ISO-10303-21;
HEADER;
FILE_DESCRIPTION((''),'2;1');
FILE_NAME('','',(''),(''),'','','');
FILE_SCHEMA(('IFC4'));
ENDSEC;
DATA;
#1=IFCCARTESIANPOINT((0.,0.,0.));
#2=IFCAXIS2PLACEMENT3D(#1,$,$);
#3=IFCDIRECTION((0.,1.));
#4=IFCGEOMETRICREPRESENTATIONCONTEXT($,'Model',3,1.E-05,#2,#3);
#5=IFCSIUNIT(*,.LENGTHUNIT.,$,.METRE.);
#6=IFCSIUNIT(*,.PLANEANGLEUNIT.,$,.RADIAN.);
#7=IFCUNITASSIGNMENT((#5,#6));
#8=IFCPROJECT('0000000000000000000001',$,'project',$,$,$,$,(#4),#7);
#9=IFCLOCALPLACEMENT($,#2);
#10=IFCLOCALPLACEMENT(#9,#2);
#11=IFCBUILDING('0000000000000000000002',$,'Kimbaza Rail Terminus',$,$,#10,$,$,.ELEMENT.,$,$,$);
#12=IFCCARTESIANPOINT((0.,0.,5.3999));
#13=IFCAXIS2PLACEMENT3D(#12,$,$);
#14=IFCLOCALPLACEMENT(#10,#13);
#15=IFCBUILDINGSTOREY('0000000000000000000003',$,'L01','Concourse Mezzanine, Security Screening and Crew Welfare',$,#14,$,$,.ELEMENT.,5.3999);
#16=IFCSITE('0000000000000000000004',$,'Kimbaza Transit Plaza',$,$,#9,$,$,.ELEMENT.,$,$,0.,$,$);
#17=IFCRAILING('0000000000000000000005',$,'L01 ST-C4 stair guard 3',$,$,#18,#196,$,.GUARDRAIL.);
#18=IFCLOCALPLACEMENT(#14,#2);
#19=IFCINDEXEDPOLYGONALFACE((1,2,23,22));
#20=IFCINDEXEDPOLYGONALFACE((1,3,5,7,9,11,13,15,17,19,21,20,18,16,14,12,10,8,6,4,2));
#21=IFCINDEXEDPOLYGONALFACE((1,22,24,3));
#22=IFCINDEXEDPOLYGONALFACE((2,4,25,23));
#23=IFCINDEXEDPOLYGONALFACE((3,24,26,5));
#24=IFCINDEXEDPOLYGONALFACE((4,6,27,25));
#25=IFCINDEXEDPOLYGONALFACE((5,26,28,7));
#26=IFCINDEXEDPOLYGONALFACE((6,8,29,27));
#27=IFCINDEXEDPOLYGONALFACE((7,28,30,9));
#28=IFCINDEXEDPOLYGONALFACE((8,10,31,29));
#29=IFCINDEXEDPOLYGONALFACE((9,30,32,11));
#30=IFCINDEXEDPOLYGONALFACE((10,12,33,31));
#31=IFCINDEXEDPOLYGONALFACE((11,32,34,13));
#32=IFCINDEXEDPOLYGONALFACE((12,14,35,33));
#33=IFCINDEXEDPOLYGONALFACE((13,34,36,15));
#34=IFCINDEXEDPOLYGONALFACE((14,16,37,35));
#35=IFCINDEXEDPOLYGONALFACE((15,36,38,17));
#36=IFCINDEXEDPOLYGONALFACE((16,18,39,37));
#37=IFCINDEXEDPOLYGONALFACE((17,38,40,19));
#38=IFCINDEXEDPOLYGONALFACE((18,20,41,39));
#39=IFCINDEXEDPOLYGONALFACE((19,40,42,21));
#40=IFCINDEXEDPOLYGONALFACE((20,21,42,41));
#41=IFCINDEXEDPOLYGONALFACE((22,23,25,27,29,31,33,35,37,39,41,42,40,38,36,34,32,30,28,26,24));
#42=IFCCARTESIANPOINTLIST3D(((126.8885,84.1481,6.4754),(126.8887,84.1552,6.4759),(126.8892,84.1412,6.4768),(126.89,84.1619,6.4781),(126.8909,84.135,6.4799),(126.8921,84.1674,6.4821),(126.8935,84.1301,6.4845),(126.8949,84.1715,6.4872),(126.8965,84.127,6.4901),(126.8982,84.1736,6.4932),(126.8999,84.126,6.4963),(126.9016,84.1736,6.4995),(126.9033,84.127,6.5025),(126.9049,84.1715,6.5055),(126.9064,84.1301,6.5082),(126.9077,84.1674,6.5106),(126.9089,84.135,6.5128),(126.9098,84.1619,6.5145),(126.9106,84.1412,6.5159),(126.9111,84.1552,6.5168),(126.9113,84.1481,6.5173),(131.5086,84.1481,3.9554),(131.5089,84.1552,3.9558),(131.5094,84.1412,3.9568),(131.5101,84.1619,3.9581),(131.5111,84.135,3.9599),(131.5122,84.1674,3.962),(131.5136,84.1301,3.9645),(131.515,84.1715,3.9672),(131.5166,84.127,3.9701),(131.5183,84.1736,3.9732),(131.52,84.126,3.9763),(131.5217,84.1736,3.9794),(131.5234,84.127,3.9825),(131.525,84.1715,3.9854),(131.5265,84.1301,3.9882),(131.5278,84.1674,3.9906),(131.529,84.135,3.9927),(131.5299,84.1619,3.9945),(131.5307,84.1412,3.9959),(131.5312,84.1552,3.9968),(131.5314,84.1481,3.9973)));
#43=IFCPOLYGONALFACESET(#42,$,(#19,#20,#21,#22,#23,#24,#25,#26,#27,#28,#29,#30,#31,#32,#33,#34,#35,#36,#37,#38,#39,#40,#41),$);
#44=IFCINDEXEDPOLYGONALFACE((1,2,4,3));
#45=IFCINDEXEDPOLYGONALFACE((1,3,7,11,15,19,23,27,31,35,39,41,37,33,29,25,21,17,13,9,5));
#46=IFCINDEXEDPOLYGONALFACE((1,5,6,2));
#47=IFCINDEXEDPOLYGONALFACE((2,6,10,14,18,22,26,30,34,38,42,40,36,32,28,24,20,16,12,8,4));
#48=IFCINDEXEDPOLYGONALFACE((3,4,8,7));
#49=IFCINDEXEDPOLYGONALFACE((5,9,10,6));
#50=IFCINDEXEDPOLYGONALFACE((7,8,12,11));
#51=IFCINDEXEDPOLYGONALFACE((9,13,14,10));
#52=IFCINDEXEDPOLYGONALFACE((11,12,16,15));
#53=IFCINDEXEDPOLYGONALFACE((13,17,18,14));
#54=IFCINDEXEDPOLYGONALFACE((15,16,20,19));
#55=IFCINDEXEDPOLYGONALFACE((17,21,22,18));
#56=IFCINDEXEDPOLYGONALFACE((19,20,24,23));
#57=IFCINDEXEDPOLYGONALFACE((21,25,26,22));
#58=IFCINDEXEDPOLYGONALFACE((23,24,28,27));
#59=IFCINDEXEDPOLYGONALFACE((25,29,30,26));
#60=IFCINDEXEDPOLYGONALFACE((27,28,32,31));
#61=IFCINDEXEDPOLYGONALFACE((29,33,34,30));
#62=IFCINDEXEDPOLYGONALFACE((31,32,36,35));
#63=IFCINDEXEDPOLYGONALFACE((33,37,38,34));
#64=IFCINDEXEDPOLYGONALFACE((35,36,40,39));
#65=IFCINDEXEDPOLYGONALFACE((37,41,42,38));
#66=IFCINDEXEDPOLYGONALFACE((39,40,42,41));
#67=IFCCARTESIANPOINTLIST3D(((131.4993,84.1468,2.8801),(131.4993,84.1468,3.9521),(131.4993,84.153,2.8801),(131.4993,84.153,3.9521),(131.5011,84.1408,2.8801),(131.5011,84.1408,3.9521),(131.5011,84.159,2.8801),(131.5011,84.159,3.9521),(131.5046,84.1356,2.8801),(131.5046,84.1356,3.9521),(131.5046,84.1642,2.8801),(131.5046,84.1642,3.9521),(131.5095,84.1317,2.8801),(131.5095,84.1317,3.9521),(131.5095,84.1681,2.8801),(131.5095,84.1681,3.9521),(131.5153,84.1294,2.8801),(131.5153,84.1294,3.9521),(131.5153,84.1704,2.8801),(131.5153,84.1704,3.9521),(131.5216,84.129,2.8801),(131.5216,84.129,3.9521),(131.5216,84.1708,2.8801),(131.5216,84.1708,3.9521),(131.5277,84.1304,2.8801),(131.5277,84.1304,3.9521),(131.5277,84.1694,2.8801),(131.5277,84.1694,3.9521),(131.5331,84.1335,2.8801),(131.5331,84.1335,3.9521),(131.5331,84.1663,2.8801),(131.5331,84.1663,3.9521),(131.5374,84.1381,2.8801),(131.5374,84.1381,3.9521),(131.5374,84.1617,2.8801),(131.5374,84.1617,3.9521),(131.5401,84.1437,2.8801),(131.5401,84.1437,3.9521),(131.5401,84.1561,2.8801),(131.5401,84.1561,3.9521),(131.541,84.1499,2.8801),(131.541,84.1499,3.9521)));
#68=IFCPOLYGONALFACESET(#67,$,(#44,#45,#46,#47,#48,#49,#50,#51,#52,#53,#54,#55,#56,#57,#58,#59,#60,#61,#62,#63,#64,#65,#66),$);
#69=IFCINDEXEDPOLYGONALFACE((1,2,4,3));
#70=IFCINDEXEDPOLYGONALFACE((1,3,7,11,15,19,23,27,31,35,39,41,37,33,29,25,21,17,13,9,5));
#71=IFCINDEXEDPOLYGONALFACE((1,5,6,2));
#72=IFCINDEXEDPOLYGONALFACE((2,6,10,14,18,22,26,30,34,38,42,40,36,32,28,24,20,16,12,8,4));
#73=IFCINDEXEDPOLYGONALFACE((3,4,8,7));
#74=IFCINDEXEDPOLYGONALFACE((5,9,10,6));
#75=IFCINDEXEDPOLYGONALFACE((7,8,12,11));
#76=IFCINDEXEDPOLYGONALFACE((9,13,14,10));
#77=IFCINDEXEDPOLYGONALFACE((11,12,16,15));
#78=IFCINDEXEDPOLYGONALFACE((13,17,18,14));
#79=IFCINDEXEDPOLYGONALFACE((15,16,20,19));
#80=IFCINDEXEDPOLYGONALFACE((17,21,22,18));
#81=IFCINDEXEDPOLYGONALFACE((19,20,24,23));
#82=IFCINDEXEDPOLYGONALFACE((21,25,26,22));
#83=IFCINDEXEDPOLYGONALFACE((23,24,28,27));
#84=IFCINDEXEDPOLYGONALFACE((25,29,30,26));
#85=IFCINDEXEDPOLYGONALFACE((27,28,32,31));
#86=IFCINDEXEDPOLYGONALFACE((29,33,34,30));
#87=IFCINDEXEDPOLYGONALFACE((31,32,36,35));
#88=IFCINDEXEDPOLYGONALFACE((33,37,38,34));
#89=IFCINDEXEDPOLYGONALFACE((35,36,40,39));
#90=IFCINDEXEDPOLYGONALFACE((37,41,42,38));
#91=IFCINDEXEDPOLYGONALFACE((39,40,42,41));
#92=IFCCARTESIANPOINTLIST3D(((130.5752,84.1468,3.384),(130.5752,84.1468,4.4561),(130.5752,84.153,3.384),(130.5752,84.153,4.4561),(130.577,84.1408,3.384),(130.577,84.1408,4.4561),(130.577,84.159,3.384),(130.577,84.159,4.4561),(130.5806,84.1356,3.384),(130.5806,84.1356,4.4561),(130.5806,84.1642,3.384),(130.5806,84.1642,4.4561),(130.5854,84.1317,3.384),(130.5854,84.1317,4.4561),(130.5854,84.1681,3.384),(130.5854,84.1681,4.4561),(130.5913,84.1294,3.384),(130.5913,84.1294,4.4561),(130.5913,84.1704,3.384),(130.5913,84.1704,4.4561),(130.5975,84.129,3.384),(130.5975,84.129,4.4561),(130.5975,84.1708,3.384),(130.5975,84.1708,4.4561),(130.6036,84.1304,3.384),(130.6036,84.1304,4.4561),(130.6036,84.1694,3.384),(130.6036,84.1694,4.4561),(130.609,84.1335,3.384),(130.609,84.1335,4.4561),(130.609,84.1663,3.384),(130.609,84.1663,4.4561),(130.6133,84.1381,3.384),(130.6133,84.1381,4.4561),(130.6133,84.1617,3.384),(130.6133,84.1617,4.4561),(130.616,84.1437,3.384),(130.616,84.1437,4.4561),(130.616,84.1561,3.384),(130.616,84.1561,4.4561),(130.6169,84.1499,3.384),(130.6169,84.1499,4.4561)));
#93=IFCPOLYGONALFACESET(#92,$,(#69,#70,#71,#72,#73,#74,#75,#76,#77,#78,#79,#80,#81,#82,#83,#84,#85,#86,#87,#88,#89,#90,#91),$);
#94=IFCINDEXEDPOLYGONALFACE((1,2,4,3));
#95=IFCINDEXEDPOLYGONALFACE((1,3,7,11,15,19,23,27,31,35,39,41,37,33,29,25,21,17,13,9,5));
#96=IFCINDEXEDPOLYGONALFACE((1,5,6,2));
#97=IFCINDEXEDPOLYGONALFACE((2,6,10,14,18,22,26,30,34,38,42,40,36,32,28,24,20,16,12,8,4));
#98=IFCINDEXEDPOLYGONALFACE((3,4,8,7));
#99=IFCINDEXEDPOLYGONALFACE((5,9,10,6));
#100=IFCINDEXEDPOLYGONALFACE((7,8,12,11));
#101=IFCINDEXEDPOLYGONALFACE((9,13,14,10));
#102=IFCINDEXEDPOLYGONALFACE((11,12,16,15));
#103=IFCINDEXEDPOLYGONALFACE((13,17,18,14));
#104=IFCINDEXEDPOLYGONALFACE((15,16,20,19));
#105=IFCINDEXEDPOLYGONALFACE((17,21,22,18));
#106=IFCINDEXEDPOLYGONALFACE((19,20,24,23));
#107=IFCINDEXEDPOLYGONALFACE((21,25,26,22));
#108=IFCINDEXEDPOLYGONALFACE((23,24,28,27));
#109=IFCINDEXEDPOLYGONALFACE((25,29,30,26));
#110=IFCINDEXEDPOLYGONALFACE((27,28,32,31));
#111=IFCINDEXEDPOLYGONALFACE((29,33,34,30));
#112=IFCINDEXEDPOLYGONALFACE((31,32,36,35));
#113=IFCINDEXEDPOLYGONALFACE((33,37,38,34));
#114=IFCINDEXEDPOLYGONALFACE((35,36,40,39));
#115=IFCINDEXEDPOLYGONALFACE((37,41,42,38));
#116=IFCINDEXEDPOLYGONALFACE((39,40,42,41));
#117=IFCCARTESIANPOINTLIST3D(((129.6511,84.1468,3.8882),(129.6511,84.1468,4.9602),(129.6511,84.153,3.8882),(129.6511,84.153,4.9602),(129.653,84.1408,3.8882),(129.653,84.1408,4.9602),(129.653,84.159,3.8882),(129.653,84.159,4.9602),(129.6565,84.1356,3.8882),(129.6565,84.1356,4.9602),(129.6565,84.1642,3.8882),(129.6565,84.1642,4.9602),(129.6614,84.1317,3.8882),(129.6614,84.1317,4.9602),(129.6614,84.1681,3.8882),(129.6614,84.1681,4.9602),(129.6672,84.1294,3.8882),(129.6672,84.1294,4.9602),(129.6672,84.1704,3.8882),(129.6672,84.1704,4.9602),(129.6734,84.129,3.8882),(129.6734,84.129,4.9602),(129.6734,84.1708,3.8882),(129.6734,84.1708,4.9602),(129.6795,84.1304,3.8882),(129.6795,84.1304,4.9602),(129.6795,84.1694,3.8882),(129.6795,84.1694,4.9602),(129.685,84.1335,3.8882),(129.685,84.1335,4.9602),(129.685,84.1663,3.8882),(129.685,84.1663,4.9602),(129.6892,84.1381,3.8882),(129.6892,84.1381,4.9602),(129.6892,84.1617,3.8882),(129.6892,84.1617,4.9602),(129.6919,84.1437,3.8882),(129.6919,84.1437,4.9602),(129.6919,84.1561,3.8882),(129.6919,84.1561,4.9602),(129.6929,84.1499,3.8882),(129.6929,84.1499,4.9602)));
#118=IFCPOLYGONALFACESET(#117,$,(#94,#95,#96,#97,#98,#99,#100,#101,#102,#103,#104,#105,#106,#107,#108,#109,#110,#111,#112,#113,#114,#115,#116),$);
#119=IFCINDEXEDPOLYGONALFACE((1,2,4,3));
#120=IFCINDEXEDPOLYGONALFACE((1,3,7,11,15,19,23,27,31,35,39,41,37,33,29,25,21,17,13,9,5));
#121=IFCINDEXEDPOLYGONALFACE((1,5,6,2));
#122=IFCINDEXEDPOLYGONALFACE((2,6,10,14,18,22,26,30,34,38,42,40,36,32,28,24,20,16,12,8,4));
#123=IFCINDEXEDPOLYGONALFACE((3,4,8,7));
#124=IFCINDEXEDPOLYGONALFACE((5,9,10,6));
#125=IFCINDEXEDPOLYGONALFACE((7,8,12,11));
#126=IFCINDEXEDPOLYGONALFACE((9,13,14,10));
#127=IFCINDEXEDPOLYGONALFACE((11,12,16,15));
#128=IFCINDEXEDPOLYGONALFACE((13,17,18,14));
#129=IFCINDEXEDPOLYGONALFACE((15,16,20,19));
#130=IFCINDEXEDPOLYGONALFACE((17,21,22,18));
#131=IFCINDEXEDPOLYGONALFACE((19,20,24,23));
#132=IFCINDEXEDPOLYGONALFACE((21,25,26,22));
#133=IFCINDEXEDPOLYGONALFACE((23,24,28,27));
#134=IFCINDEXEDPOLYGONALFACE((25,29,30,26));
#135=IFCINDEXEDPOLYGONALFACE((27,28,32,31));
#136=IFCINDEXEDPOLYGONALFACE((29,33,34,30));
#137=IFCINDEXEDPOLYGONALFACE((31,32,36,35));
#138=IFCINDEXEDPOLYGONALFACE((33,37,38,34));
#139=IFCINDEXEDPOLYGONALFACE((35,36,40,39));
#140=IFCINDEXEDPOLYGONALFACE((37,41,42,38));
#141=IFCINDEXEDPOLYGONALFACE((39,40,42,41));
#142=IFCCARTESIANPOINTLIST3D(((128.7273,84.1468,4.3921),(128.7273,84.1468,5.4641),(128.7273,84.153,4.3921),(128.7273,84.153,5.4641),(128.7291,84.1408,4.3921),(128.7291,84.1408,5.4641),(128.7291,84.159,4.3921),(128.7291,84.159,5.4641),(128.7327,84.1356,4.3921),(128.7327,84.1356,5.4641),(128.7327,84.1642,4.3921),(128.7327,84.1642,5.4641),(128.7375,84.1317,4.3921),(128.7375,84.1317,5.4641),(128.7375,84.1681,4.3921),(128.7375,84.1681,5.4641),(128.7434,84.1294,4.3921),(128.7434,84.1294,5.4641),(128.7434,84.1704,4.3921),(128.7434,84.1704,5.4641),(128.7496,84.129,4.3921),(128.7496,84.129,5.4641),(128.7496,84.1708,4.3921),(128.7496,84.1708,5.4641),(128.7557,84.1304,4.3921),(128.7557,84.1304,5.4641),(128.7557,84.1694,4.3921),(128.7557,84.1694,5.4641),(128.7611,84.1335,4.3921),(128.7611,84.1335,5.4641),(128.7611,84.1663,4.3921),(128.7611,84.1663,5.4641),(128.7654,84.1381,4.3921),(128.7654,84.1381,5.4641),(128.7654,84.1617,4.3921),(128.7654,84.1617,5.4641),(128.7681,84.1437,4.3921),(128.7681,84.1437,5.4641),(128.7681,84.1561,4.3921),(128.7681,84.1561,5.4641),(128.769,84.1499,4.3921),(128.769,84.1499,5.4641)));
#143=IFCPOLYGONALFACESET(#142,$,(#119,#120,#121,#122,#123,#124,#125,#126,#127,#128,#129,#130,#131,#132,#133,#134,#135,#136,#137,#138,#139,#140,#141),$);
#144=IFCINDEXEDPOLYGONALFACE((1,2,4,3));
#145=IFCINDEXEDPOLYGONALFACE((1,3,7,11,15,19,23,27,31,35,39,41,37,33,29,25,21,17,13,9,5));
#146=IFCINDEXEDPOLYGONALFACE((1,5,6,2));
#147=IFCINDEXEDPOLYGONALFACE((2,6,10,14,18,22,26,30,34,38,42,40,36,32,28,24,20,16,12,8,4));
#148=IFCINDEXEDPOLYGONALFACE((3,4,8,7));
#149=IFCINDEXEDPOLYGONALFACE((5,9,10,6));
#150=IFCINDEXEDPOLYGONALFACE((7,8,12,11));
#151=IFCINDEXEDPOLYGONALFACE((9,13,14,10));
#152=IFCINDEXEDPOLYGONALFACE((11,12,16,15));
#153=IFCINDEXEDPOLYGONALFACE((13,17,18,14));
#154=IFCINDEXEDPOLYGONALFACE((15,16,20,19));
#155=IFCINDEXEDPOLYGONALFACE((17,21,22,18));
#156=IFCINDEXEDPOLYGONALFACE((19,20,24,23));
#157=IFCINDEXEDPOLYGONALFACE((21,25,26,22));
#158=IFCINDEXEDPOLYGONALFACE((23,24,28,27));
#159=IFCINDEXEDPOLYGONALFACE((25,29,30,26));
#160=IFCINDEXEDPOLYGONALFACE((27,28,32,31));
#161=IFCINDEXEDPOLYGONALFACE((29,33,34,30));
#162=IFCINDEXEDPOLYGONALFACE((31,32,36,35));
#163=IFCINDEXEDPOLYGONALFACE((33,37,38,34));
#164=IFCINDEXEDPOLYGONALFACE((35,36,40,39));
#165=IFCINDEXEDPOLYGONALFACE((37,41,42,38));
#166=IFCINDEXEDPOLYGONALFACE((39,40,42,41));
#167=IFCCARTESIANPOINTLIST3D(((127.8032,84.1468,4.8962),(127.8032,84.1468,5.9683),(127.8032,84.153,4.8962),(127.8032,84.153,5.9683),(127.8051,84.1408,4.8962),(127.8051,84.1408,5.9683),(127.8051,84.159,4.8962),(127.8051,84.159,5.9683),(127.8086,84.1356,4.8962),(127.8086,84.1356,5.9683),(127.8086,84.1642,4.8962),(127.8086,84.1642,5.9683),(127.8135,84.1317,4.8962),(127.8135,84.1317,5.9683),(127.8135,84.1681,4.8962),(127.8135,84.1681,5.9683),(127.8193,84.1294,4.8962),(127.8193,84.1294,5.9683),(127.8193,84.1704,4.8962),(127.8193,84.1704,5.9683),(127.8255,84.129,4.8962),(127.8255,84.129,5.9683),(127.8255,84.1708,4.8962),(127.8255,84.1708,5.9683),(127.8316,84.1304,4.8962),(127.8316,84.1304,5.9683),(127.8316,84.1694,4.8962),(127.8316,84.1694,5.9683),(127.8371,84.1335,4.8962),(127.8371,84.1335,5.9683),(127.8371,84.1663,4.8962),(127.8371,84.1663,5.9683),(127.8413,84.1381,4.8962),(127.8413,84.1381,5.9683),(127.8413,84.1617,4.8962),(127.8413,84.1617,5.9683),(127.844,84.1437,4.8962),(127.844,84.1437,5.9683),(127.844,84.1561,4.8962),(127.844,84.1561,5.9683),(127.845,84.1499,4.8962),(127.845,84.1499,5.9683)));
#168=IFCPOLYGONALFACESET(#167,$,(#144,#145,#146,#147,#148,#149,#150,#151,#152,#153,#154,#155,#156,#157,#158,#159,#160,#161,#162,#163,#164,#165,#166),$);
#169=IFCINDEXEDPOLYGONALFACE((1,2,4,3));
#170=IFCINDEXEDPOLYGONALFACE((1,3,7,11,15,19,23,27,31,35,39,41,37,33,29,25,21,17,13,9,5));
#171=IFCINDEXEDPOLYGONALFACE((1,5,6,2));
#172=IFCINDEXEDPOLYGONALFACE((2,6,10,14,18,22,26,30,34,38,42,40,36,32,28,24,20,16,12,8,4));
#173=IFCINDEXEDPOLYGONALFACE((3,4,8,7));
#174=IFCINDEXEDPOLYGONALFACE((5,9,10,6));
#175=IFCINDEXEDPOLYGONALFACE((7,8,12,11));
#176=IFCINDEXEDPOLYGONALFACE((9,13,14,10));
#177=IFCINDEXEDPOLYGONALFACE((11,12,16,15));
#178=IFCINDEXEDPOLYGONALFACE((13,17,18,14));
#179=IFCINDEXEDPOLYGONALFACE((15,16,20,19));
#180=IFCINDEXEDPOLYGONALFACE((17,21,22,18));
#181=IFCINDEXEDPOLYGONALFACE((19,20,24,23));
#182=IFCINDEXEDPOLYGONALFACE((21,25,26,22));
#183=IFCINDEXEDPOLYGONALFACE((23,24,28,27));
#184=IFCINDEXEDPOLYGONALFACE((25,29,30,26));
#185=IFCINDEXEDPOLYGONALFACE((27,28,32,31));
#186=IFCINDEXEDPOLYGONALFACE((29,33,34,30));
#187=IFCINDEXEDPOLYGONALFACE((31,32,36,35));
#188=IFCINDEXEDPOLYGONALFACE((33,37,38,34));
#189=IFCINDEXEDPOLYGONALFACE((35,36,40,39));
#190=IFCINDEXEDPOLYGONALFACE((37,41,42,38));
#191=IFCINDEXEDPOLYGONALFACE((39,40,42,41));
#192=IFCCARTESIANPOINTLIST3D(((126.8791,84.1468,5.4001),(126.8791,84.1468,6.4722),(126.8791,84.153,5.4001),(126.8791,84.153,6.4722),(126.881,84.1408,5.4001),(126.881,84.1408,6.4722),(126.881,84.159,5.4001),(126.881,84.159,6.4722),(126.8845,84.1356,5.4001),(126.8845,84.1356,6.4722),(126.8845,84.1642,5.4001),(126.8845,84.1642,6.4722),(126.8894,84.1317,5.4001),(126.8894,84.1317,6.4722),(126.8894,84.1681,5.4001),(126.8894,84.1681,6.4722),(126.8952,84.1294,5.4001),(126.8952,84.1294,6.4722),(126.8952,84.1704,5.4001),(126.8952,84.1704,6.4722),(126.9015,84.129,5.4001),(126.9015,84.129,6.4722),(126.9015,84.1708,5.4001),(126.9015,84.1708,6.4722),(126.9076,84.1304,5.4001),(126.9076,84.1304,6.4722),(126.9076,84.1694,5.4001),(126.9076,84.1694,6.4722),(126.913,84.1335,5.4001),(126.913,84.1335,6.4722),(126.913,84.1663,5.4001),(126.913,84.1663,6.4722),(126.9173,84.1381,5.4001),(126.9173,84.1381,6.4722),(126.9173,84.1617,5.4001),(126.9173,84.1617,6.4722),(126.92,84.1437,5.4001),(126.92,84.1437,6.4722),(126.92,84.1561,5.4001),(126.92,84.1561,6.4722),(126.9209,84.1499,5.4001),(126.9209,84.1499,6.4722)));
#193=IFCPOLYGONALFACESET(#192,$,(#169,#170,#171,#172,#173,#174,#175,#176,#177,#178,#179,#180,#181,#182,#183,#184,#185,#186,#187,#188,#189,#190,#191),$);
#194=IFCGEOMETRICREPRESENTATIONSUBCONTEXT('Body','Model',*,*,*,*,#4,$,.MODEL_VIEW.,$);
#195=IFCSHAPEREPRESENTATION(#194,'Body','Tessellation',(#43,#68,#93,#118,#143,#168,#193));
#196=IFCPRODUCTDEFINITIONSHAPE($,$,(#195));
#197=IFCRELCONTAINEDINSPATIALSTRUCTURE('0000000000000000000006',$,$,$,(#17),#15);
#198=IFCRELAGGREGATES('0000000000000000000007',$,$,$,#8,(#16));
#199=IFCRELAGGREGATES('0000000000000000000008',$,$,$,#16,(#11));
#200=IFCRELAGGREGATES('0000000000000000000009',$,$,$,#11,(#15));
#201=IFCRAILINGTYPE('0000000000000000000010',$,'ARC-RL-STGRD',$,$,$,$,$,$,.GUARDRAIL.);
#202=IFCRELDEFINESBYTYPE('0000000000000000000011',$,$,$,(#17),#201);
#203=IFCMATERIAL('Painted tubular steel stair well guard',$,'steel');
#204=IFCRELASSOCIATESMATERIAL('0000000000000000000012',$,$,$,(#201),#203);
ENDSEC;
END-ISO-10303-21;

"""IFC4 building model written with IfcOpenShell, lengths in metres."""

from ifc_helpers import new_model, si_unit, direction, frame, origin, origin_2d, place, context, subcontext, project, spatial, circle, extrude, material, type_object, element, save


model = new_model("IFC4")

# Units and contexts
model_context = context("Model", 3, precision=1e-05, world=origin(), true_north=direction((0.0, 1.0)))
body_context = subcontext(model_context, "Body", "Model", "MODEL_VIEW")
ifc_project = project(units=[si_unit("LENGTHUNIT", "METRE"), si_unit("PLANEANGLEUNIT", "RADIAN")], contexts=[model_context])

# Site, building, storey
site_placement = place(None, origin())
site = spatial("IfcSite", under=ifc_project, at=site_placement, Name="Kimbaza Transit Plaza", CompositionType="ELEMENT", RefElevation=0.0)
building_placement = place(site_placement, origin())
building = spatial("IfcBuilding", under=site, at=building_placement, Name="Kimbaza Rail Terminus", CompositionType="ELEMENT")
storey_placement = place(building_placement, frame((0.0, 0.0, 5.3999)))
storey = spatial("IfcBuildingStorey", under=building, at=storey_placement, Name="L01", Description="Concourse Mezzanine, Security Screening and Crew Welfare", CompositionType="ELEMENT", Elevation=5.3999)

# Railing
ifc_material_1 = material(Name="Painted tubular steel stair well guard", Category="steel")
railing_type_1 = type_object("IfcRailingType", Name="ARC-RL-STGRD", PredefinedType="GUARDRAIL", material=ifc_material_1)
railing_1_placement = place(storey_placement, frame((131.52, 84.1499, 2.8801)))
element("IfcRailing", 1, at=railing_1_placement, inside=storey, type_object=railing_type_1, Name="L01 ST-C4 stair guard 3", PredefinedType="GUARDRAIL", context=body_context, shape_type="SweptSolid", body=[
    extrude(circle(Radius=0.0239, at=origin_2d()), frame((0.0, 0.0, 1.0962), z_axis=(-0.877899, 0.0, 0.478846), x_axis=(0.0, -1.0, 0.0)), (0.0, 0.0, 1.0), 5.2627),
    extrude(circle(Radius=0.021, at=origin_2d()), origin(), (0.0, 0.0, 1.0), 1.072),
    extrude(circle(Radius=0.021, at=origin_2d()), frame((-0.9241, 0.0, 0.5039)), (0.0, 0.0, 1.0), 1.072),
    extrude(circle(Radius=0.021, at=origin_2d()), frame((-1.8481, 0.0, 1.0081)), (0.0, 0.0, 1.0), 1.072),
    extrude(circle(Radius=0.021, at=origin_2d()), frame((-2.772, 0.0, 1.512)), (0.0, 0.0, 1.0), 1.072),
    extrude(circle(Radius=0.021, at=origin_2d()), frame((-3.696, 0.0, 2.0161)), (0.0, 0.0, 1.0), 1.072),
    extrude(circle(Radius=0.021, at=origin_2d()), frame((-4.6201, 0.0, 2.52)), (0.0, 0.0, 1.0), 1.072),
])

save(model, "model.ifc")
